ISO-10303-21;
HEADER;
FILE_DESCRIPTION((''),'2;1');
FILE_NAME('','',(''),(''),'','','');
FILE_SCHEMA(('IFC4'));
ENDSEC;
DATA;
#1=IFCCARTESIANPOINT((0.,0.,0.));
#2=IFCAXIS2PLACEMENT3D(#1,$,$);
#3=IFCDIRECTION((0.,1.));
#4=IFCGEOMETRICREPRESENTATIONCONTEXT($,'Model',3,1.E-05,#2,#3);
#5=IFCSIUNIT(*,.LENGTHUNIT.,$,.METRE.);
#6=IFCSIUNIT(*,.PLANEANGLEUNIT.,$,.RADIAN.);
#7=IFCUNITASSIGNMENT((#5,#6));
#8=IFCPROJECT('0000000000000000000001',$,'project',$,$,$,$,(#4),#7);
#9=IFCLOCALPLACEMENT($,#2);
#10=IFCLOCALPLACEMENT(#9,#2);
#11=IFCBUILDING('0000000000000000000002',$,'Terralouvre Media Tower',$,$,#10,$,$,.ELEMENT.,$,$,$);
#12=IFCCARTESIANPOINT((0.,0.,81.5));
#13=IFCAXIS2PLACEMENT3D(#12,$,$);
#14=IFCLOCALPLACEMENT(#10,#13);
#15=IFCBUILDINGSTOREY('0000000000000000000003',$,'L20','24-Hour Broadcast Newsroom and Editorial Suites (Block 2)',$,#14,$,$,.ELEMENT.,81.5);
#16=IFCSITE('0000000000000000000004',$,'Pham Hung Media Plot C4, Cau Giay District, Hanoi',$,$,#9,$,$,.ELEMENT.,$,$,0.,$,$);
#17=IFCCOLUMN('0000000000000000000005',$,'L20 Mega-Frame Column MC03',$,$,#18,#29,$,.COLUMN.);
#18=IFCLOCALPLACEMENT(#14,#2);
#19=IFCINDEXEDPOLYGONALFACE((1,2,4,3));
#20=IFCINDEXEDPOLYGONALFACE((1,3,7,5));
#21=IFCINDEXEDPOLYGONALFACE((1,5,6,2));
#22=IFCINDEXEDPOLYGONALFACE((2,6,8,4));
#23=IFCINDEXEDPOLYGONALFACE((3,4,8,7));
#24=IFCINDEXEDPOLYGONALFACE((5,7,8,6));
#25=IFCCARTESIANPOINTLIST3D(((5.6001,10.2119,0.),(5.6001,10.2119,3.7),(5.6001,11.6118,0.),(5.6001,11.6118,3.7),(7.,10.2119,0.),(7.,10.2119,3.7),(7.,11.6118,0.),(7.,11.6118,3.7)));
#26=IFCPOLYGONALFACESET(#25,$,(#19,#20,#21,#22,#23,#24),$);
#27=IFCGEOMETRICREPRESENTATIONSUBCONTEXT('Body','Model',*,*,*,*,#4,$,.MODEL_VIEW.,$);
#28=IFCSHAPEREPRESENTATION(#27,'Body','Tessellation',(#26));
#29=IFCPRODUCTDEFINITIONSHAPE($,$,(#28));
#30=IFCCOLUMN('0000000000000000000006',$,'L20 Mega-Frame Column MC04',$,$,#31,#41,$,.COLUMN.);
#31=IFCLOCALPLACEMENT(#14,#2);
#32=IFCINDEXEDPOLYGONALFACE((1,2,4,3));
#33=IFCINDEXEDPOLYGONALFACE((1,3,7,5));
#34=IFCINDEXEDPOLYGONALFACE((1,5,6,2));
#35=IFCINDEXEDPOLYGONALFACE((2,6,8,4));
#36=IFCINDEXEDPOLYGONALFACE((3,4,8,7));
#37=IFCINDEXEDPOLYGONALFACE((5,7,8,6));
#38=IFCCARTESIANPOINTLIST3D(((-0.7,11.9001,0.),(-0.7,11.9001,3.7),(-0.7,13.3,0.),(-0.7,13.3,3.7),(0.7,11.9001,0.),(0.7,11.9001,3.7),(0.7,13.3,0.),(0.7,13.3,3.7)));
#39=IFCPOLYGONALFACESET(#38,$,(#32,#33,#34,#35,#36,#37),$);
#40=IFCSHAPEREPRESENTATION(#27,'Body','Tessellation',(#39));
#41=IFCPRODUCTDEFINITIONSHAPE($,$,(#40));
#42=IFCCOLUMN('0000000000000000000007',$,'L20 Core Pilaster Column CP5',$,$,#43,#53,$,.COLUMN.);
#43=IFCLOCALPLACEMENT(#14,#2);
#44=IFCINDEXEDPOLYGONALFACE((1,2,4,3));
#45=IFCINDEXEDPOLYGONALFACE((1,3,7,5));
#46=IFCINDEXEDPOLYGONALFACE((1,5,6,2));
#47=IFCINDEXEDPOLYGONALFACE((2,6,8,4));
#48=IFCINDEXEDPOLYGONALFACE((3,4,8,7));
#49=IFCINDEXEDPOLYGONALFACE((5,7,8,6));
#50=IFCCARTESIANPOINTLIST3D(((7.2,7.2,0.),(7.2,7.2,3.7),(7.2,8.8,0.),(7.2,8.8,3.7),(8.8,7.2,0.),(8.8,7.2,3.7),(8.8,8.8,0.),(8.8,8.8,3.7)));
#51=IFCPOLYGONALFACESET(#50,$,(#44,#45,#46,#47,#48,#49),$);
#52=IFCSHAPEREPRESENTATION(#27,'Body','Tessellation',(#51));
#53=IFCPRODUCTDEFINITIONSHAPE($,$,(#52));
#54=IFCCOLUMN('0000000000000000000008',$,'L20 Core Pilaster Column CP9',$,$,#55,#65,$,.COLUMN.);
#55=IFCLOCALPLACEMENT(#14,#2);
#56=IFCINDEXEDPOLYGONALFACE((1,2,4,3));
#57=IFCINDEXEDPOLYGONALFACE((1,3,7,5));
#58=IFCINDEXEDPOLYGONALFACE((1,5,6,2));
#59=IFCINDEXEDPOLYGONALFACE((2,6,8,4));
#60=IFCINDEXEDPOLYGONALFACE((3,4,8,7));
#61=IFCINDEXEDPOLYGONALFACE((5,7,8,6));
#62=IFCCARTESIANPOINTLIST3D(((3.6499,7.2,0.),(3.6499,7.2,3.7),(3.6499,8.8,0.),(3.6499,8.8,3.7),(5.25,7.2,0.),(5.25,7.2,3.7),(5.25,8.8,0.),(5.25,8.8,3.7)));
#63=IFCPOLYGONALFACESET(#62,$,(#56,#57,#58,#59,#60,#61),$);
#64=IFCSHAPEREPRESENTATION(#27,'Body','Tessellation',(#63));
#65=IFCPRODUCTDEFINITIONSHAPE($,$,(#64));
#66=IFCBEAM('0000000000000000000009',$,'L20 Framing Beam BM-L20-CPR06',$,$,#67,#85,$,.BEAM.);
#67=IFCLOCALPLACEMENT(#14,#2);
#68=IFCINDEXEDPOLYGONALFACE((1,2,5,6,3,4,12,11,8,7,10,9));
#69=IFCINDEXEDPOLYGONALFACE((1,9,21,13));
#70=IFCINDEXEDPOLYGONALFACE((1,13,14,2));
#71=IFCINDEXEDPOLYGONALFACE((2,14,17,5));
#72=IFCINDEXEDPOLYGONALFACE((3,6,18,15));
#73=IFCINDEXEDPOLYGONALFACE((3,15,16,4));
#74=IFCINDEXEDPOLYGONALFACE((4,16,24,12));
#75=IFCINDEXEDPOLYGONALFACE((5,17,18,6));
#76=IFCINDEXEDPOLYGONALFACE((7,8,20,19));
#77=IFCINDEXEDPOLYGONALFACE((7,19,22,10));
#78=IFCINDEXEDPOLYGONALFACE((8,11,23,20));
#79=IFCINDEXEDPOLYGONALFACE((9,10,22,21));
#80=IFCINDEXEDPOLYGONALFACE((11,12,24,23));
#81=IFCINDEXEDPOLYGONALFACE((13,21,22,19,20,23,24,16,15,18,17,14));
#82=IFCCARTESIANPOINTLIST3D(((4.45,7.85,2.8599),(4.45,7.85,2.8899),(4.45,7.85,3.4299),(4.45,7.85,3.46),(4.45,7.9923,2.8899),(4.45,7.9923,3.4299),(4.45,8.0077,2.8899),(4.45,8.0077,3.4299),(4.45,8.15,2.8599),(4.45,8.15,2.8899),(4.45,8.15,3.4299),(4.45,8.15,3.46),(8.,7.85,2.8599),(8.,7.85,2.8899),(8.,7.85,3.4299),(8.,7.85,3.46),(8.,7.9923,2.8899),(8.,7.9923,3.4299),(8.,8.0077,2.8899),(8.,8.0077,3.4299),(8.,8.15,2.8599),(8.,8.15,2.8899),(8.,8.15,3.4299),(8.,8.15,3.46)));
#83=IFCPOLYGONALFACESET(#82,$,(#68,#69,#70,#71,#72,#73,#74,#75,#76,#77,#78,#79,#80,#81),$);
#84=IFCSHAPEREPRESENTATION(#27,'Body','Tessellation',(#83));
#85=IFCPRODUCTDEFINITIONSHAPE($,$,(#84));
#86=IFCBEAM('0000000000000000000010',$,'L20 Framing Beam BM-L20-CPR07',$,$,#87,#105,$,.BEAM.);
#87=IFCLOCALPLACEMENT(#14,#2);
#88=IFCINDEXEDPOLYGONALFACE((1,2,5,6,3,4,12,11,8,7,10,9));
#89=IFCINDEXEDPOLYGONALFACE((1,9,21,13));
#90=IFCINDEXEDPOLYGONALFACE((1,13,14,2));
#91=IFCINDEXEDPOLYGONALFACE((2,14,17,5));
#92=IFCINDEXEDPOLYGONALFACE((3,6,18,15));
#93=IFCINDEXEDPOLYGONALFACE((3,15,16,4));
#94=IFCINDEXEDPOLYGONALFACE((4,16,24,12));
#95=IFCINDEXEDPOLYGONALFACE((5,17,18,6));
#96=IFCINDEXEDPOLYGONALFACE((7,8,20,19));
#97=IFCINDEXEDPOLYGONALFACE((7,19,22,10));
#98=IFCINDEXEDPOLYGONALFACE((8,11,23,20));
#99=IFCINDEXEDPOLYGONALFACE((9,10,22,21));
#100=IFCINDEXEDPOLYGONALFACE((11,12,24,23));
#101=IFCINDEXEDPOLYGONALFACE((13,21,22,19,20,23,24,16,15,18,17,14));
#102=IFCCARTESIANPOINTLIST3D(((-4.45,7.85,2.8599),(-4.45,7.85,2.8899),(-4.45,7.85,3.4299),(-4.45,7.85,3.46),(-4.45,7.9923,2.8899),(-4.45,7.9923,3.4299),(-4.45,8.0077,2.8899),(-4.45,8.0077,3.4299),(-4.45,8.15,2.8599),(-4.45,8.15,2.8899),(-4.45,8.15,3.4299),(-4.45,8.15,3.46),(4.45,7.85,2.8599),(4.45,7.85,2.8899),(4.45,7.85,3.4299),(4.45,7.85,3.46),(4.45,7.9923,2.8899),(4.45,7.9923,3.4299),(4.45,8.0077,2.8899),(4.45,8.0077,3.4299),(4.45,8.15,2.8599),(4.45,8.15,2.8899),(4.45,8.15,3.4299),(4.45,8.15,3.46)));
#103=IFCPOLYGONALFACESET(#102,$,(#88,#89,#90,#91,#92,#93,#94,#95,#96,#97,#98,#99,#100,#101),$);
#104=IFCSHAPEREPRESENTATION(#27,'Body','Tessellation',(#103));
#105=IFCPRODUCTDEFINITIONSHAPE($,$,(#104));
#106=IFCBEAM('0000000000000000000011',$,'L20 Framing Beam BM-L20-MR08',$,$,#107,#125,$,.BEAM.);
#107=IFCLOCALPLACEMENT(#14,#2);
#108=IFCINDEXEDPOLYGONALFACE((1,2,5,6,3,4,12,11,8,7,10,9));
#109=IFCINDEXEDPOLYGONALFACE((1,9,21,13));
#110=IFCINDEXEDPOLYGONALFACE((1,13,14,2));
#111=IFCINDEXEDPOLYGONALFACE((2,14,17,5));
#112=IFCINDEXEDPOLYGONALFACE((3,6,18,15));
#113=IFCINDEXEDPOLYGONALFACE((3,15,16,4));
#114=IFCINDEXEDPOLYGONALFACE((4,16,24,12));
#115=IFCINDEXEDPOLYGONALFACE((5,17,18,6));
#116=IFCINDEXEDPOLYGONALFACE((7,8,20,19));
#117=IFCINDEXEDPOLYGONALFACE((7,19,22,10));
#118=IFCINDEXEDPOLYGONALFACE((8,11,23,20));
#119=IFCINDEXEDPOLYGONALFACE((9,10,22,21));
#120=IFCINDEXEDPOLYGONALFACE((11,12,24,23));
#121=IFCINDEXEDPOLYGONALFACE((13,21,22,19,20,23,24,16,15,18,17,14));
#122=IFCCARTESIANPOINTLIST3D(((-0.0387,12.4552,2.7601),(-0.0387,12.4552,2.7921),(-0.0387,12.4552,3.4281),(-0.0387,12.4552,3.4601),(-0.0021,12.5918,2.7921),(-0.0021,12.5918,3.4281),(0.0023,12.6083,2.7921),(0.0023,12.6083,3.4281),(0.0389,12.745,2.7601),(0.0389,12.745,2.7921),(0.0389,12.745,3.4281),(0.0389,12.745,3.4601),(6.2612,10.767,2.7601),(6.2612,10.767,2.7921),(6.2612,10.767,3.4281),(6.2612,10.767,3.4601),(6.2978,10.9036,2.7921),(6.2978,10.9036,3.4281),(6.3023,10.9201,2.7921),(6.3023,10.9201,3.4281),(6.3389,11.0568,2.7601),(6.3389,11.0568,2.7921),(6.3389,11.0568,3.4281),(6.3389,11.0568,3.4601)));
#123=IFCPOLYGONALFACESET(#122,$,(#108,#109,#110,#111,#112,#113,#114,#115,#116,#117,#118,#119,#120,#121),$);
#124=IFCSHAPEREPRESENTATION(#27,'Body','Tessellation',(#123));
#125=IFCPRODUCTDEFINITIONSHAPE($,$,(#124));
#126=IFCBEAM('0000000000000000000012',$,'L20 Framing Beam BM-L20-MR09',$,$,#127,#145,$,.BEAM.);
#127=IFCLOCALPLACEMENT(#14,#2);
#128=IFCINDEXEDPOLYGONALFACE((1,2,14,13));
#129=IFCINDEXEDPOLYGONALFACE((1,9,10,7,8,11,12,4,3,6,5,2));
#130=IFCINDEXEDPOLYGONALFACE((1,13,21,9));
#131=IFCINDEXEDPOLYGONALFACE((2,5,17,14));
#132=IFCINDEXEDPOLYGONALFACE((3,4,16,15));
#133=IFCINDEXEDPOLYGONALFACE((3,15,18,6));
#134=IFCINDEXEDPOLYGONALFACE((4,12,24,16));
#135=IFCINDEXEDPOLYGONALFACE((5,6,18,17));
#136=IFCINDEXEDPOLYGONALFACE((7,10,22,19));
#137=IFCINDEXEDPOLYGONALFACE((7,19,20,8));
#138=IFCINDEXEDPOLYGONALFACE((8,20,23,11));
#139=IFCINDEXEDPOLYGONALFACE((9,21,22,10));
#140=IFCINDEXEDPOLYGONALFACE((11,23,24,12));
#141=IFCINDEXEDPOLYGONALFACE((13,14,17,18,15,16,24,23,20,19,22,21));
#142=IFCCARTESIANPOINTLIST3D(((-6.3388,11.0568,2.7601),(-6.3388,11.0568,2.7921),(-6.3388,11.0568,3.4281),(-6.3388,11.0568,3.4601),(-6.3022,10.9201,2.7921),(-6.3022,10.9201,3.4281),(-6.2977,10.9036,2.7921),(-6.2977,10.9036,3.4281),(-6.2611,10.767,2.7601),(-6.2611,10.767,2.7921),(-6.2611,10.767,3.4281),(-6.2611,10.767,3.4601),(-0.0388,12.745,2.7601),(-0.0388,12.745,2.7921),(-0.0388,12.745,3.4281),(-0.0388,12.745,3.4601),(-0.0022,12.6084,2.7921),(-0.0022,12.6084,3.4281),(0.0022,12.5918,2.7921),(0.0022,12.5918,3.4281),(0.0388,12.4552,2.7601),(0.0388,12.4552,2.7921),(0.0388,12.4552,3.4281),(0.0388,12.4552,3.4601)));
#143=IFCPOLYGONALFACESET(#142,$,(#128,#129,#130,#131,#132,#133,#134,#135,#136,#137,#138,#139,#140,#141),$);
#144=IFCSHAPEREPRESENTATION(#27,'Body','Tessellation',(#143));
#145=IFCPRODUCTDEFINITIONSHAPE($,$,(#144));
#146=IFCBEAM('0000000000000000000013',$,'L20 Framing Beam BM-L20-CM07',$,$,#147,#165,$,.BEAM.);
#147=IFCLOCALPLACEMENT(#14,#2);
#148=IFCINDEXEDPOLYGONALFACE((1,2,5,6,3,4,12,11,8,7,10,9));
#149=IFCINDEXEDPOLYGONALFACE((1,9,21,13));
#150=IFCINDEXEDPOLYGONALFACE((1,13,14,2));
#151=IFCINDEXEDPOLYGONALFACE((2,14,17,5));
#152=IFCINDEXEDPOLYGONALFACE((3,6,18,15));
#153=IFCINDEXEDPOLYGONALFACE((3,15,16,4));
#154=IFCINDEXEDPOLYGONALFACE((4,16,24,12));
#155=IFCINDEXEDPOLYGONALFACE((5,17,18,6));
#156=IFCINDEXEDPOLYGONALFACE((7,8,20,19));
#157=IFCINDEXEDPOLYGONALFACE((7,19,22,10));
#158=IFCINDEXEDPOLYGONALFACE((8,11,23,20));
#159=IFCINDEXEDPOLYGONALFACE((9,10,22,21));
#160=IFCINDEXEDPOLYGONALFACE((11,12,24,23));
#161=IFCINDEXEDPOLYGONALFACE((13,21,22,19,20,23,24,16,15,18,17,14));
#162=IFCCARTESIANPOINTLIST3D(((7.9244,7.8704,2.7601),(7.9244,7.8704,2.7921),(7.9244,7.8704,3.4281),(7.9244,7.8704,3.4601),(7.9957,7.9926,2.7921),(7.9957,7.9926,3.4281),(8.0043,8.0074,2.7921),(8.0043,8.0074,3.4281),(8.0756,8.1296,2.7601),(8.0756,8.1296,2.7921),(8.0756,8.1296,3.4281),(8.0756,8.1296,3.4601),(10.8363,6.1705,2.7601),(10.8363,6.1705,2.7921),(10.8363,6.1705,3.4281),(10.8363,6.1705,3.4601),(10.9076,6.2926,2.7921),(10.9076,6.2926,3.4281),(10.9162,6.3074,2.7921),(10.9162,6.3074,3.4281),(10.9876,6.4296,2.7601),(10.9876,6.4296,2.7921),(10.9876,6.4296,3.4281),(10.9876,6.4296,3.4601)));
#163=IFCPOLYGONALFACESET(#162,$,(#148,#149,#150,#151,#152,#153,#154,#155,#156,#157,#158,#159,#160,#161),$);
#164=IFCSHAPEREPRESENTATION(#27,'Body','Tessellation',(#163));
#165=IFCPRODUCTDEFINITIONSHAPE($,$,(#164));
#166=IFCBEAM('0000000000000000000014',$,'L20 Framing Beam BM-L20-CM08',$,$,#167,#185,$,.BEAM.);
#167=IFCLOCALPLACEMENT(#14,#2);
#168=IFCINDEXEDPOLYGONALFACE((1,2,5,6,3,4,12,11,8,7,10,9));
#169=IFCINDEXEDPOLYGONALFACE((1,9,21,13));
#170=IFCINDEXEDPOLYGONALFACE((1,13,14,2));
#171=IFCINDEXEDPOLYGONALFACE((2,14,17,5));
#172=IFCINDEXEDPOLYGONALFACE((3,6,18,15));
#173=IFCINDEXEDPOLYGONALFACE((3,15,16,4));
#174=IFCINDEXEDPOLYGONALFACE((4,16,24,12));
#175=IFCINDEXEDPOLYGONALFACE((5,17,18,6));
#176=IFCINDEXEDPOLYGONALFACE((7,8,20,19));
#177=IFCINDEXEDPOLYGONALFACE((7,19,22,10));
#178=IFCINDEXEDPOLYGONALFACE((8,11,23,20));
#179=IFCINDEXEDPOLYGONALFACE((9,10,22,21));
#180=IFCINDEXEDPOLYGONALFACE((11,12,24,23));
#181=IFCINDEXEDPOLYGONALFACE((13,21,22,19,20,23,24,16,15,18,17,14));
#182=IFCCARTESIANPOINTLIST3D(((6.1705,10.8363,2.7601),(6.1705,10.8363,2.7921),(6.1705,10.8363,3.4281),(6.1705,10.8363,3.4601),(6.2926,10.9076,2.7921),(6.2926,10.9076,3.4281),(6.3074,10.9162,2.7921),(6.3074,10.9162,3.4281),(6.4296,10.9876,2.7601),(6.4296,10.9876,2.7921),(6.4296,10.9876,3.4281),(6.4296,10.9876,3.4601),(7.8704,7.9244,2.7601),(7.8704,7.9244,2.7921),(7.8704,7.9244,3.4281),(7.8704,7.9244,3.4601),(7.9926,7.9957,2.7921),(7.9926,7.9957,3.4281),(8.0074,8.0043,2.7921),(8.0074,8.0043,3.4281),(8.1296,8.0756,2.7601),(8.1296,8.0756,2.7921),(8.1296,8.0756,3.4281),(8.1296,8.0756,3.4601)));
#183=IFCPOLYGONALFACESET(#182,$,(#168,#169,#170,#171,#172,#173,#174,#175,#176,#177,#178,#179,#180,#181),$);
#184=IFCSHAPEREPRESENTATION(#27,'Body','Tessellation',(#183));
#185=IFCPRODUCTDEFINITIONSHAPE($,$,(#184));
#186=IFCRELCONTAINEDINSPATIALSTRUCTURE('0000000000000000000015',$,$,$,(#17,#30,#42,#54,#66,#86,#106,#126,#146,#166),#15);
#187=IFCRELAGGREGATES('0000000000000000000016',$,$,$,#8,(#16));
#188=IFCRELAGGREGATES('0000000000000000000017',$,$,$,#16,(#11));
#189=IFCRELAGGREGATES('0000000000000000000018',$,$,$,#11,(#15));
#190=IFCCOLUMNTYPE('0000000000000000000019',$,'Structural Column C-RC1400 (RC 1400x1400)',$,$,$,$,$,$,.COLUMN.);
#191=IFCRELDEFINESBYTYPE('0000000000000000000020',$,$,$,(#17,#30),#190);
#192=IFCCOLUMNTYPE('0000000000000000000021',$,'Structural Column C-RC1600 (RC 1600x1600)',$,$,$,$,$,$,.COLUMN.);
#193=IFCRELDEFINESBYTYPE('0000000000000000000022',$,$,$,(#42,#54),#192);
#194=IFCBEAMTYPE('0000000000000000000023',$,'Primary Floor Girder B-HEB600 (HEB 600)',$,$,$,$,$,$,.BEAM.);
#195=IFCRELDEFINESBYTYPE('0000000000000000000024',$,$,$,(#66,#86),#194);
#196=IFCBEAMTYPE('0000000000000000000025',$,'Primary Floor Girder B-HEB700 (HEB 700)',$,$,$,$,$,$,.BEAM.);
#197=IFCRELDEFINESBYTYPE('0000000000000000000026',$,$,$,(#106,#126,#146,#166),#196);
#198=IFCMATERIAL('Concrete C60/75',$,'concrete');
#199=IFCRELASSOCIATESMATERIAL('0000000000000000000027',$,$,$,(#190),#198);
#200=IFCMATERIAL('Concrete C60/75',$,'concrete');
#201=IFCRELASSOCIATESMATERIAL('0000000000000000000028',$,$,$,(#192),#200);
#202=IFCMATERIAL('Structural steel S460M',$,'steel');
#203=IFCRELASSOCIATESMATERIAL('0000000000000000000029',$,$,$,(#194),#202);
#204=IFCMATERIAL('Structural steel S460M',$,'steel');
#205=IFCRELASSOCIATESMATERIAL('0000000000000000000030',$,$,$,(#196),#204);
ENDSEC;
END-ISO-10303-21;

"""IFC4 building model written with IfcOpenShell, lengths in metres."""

from ifc_helpers import new_model, si_unit, direction, frame, origin, origin_2d, place, context, subcontext, project, spatial, rectangle, i_section, extrude, material, material_profile, profile_set, type_object, element, save


model = new_model("IFC4")

# Units and contexts
model_context = context("Model", 3, precision=1e-05, world=origin(), true_north=direction((0.0, 1.0)))
body_context = subcontext(model_context, "Body", "Model", "MODEL_VIEW")
ifc_project = project(units=[si_unit("LENGTHUNIT", "METRE"), si_unit("PLANEANGLEUNIT", "RADIAN")], contexts=[model_context])

# Site, building, storey
site_placement = place(None, origin())
site = spatial("IfcSite", under=ifc_project, at=site_placement, Name="Pham Hung Media Plot C4, Cau Giay District, Hanoi", CompositionType="ELEMENT", RefElevation=0.0)
building_placement = place(site_placement, origin())
building = spatial("IfcBuilding", under=site, at=building_placement, Name="Terralouvre Media Tower", CompositionType="ELEMENT")
storey_placement = place(building_placement, frame((0.0, 0.0, 81.5)))
storey = spatial("IfcBuildingStorey", under=building, at=storey_placement, Name="L20", Description="24-Hour Broadcast Newsroom and Editorial Suites (Block 2)", CompositionType="ELEMENT", Elevation=81.5)

# Columns
ifc_material_1 = material(Name="Concrete C60/75", Category="concrete")
ifc_material_profile_1 = material_profile(ifc_material_1, rectangle(XDim=1.3999, YDim=1.3999, at=origin_2d()), Name="RC 1400x1400")
ifc_profile_set_1 = profile_set([ifc_material_profile_1], Name="Concrete C60/75")
column_type_1 = type_object("IfcColumnType", Name="Structural Column C-RC1400 (RC 1400x1400)", PredefinedType="COLUMN", material=ifc_profile_set_1)
for number, where, z_axis, x_axis, name in (
    (1, (6.3, 10.9119, 0.0), (0.0, 0.0, 1.0), (1.0, 0.0, 0.0), "L20 Mega-Frame Column MC03"),
    (2, (0.0, 12.6001, 0.0), (0.0, 0.0, 1.0), (1.0, 0.0, 0.0), "L20 Mega-Frame Column MC04"),
):
    element("IfcColumn", number, at=place(storey_placement, frame(where, z_axis=z_axis, x_axis=x_axis)), inside=storey, type_object=column_type_1, Name=name, PredefinedType="COLUMN", context=body_context, shape_type="SweptSolid", body=[
        extrude(rectangle(XDim=1.3999, YDim=1.3999, at=origin_2d()), origin(), (0.0, 0.0, 1.0), 3.7),
    ])
ifc_material_2 = material(Name="Concrete C60/75", Category="concrete")
ifc_material_profile_2 = material_profile(ifc_material_2, rectangle(XDim=1.6001, YDim=1.6001, at=origin_2d()), Name="RC 1600x1600")
ifc_profile_set_2 = profile_set([ifc_material_profile_2], Name="Concrete C60/75")
column_type_2 = type_object("IfcColumnType", Name="Structural Column C-RC1600 (RC 1600x1600)", PredefinedType="COLUMN", material=ifc_profile_set_2)
for number, where, z_axis, x_axis, name in (
    (3, (8.0, 8.0, 0.0), (0.0, 0.0, 1.0), (1.0, 0.0, 0.0), "L20 Core Pilaster Column CP5"),
    (4, (4.45, 8.0, 0.0), (0.0, 0.0, 1.0), (1.0, 0.0, 0.0), "L20 Core Pilaster Column CP9"),
):
    element("IfcColumn", number, at=place(storey_placement, frame(where, z_axis=z_axis, x_axis=x_axis)), inside=storey, type_object=column_type_2, Name=name, PredefinedType="COLUMN", context=body_context, shape_type="SweptSolid", body=[
        extrude(rectangle(XDim=1.6001, YDim=1.6001, at=origin_2d()), origin(), (0.0, 0.0, 1.0), 3.7),
    ])

# Beams
ifc_material_3 = material(Name="Structural steel S460M", Category="steel")
ifc_material_profile_3 = material_profile(ifc_material_3, i_section(OverallWidth=0.3, OverallDepth=0.6001, WebThickness=0.0154, FlangeThickness=0.03, at=origin_2d()), Name="HEB 600")
ifc_profile_set_3 = profile_set([ifc_material_profile_3], Name="Structural steel S460M")
beam_type_1 = type_object("IfcBeamType", Name="Primary Floor Girder B-HEB600 (HEB 600)", PredefinedType="BEAM", material=ifc_profile_set_3)
beam_1_placement = place(storey_placement, frame((8.0, 8.0, 3.1599), z_axis=(-1.0, 0.0, 0.0), x_axis=(0.0, -1.0, 0.0)))
element("IfcBeam", 5, at=beam_1_placement, inside=storey, type_object=beam_type_1, Name="L20 Framing Beam BM-L20-CPR06", PredefinedType="BEAM", context=body_context, shape_type="SweptSolid", body=[
    extrude(i_section(OverallWidth=0.3, OverallDepth=0.6001, WebThickness=0.0154, FlangeThickness=0.03, at=origin_2d()), origin(), (0.0, 0.0, 1.0), 3.55),
])
beam_2_placement = place(storey_placement, frame((4.45, 8.0, 3.1599), z_axis=(-1.0, 0.0, 0.0), x_axis=(0.0, -1.0, 0.0)))
element("IfcBeam", 6, at=beam_2_placement, inside=storey, type_object=beam_type_1, Name="L20 Framing Beam BM-L20-CPR07", PredefinedType="BEAM", context=body_context, shape_type="SweptSolid", body=[
    extrude(i_section(OverallWidth=0.3, OverallDepth=0.6001, WebThickness=0.0154, FlangeThickness=0.03, at=origin_2d()), origin(), (0.0, 0.0, 1.0), 8.8999),
])
ifc_material_4 = material(Name="Structural steel S460M", Category="steel")
ifc_material_profile_4 = material_profile(ifc_material_4, i_section(OverallWidth=0.3, OverallDepth=0.7, WebThickness=0.0171, FlangeThickness=0.032, at=origin_2d()), Name="HEB 700")
ifc_profile_set_4 = profile_set([ifc_material_profile_4], Name="Structural steel S460M")
beam_type_2 = type_object("IfcBeamType", Name="Primary Floor Girder B-HEB700 (HEB 700)", PredefinedType="BEAM", material=ifc_profile_set_4)
for number, where, z_axis, x_axis, name in (
    (7, (6.3, 10.9119, 3.1101), (-0.96592, 0.258839, 0.0), (-0.258839, -0.96592, 0.0), "L20 Framing Beam BM-L20-MR08"),
    (8, (0.0, 12.6001, 3.1101), (-0.96592, -0.258839, 0.0), (0.258839, -0.96592, 0.0), "L20 Framing Beam BM-L20-MR09"),
):
    element("IfcBeam", number, at=place(storey_placement, frame(where, z_axis=z_axis, x_axis=x_axis)), inside=storey, type_object=beam_type_2, Name=name, PredefinedType="BEAM", context=body_context, shape_type="SweptSolid", body=[
        extrude(i_section(OverallWidth=0.3, OverallDepth=0.7, WebThickness=0.0171, FlangeThickness=0.032, at=origin_2d()), origin(), (0.0, 0.0, 1.0), 6.5222),
    ])
for number, where, z_axis, x_axis, name in (
    (9, (8.0, 8.0, 3.1101), (0.863603, -0.504173, 0.0), (0.504173, 0.863603, 0.0), "L20 Framing Beam BM-L20-CM07"),
    (10, (8.0, 8.0, 3.1101), (-0.504173, 0.863603, 0.0), (-0.863603, -0.504173, 0.0), "L20 Framing Beam BM-L20-CM08"),
):
    element("IfcBeam", number, at=place(storey_placement, frame(where, z_axis=z_axis, x_axis=x_axis)), inside=storey, type_object=beam_type_2, Name=name, PredefinedType="BEAM", context=body_context, shape_type="SweptSolid", body=[
        extrude(i_section(OverallWidth=0.3, OverallDepth=0.7, WebThickness=0.0171, FlangeThickness=0.032, at=origin_2d()), origin(), (0.0, 0.0, 1.0), 3.3718),
    ])

save(model, "model.ifc")
